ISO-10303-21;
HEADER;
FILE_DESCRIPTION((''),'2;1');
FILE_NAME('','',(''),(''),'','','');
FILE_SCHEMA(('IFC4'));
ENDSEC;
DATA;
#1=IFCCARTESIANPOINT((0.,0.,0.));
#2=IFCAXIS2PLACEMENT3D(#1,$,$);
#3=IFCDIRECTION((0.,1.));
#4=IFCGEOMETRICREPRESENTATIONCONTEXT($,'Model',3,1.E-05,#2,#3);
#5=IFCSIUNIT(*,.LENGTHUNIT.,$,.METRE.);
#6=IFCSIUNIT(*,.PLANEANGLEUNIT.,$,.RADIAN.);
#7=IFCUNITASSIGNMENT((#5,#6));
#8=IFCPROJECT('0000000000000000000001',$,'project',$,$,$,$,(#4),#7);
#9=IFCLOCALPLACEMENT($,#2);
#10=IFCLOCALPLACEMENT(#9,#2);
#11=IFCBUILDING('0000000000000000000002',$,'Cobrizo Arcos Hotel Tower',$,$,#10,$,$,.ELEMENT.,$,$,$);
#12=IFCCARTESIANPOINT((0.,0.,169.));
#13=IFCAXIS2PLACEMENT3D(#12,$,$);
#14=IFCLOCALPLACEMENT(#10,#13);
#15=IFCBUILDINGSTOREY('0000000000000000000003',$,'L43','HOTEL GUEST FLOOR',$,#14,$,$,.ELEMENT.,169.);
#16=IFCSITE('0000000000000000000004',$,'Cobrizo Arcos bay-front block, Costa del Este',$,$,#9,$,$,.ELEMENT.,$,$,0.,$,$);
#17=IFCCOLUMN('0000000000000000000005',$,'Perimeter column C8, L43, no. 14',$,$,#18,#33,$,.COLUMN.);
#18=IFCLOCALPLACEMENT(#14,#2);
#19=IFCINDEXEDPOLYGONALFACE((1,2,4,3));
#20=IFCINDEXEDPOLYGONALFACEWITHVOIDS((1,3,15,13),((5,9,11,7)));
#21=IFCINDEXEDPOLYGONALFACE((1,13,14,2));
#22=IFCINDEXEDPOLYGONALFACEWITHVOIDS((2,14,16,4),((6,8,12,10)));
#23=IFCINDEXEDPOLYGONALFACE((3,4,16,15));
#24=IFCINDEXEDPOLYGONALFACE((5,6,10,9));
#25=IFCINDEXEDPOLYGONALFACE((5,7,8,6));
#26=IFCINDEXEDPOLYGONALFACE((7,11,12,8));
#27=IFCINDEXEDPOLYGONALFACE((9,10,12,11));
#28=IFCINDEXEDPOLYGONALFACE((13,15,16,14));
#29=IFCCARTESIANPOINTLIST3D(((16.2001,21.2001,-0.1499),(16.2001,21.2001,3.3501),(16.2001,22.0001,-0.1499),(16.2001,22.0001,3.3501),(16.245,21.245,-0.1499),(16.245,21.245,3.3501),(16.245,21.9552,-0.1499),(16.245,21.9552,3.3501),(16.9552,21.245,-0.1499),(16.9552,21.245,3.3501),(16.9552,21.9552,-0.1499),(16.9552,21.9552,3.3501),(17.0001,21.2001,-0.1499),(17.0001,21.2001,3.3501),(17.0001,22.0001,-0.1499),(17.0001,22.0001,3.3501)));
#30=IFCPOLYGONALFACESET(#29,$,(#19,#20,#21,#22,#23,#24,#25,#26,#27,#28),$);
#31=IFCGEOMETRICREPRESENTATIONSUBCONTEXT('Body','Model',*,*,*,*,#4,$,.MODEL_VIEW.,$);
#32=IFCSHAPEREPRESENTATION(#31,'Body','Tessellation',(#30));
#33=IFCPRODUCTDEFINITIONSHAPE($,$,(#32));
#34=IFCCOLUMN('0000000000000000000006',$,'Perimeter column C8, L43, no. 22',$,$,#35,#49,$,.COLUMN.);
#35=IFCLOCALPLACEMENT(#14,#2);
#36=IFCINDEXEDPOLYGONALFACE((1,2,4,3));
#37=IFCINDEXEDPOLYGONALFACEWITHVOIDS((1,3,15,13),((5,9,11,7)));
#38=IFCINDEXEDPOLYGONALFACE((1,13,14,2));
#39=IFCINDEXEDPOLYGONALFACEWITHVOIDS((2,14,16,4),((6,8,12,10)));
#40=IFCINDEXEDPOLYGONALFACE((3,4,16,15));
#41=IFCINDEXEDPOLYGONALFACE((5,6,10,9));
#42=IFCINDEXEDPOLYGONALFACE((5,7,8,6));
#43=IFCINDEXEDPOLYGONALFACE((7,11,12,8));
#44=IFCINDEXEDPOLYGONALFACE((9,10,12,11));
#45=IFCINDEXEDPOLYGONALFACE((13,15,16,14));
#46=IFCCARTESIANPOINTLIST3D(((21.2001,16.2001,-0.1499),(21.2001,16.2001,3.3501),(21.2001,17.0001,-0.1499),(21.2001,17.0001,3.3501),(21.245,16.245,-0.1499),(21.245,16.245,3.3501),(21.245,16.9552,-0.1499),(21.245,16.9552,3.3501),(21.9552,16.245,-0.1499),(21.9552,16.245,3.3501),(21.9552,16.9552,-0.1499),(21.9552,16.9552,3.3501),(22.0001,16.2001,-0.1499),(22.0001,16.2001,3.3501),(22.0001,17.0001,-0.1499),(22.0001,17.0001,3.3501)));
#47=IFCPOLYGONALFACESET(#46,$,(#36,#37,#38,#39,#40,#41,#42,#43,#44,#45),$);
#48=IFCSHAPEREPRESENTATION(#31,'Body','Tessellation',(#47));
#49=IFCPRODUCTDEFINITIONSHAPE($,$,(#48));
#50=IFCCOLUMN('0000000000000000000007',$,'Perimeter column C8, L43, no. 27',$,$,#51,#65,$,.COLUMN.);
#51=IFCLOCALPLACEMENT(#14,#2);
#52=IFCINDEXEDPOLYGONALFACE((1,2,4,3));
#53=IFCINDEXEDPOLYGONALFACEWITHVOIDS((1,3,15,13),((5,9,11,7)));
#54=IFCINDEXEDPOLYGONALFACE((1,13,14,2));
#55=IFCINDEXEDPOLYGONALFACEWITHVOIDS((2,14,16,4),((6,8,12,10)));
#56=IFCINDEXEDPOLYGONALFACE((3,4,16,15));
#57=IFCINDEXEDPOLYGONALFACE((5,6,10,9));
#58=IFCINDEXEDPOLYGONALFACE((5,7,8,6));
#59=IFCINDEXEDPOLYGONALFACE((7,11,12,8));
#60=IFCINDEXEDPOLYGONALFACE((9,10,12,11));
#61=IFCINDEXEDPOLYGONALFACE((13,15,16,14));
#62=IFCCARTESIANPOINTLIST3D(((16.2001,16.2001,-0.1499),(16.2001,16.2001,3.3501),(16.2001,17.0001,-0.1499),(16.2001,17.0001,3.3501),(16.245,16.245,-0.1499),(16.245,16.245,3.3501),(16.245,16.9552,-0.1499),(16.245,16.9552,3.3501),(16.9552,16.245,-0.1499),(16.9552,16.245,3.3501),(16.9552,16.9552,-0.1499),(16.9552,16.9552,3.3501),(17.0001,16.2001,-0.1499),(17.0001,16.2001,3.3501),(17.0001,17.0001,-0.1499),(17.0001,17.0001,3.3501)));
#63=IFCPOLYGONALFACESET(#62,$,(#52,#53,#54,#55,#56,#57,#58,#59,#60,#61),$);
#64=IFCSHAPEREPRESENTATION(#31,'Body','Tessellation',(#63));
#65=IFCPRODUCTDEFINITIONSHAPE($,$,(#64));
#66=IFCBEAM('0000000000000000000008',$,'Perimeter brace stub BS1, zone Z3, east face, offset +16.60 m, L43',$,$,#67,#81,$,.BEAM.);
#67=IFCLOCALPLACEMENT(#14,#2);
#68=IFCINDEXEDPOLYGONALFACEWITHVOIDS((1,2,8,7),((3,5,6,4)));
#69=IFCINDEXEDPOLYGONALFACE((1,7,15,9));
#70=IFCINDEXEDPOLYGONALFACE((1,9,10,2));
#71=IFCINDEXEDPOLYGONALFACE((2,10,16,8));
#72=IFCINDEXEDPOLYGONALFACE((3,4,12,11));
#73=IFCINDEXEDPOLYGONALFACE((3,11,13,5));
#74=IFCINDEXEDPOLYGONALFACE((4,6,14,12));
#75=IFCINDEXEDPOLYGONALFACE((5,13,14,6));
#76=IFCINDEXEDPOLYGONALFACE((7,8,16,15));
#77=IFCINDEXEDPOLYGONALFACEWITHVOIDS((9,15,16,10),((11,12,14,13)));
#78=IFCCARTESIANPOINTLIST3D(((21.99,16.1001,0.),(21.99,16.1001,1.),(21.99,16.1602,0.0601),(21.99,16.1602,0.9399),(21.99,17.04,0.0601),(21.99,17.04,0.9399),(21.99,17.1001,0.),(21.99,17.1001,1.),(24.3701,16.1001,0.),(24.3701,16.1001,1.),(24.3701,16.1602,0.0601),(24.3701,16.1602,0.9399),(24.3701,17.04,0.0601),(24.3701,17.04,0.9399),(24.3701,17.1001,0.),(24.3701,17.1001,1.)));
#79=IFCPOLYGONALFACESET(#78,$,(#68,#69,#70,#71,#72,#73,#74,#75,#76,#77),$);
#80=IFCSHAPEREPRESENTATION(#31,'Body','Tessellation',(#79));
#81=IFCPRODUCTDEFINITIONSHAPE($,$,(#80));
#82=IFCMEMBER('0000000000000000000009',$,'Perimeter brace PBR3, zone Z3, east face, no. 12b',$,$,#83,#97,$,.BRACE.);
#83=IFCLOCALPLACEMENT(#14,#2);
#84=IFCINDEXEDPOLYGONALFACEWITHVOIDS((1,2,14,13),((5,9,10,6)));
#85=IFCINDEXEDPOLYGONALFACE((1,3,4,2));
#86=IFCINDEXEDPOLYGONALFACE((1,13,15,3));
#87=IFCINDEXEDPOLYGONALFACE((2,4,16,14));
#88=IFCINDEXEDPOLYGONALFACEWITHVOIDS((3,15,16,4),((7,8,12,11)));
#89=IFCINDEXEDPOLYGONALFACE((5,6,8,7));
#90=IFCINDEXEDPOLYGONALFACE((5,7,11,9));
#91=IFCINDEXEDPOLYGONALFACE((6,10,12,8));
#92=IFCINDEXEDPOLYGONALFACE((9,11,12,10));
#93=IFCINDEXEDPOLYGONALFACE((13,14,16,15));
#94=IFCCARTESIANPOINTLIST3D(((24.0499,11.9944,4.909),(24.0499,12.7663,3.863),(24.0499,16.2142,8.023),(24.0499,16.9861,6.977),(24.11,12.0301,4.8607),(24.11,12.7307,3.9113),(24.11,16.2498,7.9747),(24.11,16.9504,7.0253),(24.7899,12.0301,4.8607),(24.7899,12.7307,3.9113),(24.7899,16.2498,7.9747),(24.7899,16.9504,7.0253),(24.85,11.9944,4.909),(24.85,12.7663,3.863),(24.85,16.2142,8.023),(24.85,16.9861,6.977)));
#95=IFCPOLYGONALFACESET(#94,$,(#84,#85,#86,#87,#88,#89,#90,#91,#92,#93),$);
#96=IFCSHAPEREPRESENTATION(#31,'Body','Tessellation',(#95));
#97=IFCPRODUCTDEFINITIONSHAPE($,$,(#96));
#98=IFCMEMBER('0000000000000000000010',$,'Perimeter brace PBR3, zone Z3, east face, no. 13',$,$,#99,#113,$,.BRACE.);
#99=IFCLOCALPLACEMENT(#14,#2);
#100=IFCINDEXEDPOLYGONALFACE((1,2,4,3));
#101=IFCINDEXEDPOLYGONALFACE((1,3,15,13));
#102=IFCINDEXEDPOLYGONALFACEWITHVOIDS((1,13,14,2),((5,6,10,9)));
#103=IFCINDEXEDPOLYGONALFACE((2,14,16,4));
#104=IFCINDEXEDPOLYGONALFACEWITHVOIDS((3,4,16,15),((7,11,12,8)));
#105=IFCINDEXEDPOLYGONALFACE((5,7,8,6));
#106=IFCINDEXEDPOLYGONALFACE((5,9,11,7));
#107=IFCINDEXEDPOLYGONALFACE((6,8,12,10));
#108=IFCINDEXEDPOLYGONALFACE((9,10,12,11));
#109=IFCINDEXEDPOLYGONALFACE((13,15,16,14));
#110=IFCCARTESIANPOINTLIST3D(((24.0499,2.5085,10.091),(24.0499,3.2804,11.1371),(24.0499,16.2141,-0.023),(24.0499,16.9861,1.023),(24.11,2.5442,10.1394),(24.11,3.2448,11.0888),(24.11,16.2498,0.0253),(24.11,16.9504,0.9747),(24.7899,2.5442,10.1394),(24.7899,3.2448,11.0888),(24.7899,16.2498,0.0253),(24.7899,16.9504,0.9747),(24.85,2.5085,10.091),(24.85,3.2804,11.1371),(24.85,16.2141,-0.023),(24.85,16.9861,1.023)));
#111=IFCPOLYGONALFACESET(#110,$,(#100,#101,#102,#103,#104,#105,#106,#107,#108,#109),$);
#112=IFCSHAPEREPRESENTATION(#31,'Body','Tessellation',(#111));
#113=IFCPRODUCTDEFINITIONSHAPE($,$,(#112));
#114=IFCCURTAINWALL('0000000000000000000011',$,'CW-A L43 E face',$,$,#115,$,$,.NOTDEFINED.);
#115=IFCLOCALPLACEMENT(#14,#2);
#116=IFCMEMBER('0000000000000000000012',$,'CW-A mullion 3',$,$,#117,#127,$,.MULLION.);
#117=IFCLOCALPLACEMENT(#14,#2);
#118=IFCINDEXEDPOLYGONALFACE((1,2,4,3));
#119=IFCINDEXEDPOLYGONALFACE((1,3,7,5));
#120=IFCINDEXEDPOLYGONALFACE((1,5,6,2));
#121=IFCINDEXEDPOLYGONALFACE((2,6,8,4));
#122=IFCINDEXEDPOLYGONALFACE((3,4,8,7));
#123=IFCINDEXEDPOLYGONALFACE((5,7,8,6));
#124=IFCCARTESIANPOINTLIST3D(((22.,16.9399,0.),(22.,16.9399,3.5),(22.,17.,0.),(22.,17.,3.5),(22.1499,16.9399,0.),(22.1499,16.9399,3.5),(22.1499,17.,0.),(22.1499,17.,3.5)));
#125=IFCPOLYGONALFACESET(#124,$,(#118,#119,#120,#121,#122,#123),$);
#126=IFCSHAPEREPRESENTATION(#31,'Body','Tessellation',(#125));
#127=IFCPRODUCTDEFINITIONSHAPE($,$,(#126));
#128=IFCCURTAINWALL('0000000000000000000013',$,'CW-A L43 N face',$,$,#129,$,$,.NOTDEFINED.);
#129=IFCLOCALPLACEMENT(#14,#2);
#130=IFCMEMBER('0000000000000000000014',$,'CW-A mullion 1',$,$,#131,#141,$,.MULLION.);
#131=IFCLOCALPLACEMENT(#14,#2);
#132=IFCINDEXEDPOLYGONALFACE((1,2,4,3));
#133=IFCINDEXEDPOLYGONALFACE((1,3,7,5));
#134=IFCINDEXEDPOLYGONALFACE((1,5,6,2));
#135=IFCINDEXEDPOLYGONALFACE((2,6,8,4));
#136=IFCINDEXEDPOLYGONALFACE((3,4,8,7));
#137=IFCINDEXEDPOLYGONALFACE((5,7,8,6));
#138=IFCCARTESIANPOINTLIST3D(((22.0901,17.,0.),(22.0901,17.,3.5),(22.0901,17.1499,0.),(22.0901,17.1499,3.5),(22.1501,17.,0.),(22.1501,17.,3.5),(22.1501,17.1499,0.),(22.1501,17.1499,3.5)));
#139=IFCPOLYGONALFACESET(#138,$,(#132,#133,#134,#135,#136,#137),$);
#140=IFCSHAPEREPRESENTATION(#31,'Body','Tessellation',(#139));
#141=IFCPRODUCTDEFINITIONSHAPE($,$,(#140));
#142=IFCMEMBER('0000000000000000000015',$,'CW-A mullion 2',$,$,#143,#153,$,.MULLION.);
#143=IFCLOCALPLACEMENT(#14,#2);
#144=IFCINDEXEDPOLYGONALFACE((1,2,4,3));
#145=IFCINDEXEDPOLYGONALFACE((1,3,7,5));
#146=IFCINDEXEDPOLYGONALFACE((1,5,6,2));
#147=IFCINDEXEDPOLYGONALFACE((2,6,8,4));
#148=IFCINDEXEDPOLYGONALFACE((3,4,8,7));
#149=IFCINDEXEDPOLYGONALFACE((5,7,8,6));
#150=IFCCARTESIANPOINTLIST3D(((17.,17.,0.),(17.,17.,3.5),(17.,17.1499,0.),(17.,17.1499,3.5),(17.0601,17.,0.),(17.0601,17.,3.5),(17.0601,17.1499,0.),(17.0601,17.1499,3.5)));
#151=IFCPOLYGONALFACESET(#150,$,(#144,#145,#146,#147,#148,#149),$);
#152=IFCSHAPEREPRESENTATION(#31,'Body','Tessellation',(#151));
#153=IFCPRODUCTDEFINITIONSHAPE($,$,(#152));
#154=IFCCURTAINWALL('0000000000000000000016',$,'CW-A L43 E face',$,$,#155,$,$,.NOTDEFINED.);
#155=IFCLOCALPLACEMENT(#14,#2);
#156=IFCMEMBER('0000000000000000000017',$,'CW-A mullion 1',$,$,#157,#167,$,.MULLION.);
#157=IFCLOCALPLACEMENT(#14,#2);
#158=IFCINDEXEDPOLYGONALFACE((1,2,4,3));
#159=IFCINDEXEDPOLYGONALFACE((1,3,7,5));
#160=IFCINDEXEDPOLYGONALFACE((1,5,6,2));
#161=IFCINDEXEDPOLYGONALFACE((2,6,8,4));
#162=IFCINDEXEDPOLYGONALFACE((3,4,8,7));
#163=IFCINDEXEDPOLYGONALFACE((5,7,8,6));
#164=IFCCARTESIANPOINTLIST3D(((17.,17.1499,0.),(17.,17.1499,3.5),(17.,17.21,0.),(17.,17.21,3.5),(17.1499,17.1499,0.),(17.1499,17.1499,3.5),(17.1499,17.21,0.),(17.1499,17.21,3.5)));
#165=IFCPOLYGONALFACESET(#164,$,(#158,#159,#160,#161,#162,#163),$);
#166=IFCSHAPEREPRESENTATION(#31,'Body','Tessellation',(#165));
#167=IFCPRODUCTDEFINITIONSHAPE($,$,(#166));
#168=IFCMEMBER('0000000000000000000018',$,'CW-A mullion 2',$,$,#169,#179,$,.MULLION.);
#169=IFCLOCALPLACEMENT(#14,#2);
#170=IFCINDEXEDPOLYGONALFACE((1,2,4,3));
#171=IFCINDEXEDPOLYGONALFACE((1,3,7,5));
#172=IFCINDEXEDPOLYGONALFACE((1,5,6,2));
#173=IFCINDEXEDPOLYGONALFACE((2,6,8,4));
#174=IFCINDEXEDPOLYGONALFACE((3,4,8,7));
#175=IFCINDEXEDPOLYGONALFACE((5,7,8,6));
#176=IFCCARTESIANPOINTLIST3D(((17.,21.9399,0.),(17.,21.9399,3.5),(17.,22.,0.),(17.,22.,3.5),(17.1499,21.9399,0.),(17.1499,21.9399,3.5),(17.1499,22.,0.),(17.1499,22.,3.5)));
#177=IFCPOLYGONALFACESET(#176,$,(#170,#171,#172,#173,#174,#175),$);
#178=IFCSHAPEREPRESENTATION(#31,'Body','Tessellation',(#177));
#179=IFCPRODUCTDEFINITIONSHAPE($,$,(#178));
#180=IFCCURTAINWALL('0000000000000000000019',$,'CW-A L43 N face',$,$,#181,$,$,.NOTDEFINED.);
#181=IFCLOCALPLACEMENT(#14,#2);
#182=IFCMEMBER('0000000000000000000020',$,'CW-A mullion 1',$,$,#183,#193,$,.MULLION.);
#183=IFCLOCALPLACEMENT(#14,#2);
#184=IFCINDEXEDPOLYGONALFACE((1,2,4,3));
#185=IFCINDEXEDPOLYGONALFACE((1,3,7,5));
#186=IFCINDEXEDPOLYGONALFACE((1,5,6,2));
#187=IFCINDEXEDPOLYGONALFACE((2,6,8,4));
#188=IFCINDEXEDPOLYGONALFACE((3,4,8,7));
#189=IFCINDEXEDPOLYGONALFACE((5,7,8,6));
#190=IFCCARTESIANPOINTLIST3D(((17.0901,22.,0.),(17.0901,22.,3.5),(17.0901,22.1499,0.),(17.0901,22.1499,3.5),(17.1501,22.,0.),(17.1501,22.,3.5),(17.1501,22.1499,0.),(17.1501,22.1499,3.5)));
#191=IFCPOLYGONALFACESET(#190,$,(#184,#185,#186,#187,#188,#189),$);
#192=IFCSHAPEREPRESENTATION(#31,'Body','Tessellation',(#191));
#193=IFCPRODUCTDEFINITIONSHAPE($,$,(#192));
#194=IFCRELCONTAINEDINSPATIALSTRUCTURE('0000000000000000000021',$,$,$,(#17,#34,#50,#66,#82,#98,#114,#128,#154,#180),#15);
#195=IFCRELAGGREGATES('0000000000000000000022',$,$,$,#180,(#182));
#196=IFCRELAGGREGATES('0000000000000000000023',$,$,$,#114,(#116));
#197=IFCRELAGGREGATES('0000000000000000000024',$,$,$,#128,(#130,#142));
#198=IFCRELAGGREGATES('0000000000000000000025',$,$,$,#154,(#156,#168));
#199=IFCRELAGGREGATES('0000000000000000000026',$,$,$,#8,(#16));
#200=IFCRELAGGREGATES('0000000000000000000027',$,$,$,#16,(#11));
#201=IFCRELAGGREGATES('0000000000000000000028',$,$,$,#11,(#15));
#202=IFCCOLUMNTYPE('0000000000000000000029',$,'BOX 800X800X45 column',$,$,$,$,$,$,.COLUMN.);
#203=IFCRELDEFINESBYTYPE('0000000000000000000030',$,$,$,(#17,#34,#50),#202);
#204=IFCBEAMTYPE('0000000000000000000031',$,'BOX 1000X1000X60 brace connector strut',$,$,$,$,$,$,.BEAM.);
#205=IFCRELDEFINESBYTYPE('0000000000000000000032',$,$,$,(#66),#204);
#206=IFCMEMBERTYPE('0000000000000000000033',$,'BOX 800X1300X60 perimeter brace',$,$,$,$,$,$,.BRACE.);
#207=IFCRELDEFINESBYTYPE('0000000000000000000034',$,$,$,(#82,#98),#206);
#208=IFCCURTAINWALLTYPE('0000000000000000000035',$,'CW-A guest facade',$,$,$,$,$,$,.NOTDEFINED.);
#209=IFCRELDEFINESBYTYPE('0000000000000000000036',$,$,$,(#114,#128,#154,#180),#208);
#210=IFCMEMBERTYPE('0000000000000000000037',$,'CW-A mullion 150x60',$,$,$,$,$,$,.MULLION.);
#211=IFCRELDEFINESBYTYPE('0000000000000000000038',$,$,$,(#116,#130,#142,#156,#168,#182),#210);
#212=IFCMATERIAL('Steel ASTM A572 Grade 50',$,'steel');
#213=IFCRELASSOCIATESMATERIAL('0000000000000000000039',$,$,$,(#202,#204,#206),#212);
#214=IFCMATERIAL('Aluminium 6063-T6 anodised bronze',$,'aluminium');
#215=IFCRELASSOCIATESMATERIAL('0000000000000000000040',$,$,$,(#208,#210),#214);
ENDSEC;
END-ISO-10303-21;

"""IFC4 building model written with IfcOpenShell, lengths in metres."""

from ifc_helpers import new_model, si_unit, direction, frame, origin, origin_2d, place, context, subcontext, project, spatial, rectangle, hollow_rectangle, extrude, material, material_profile, profile_set, type_object, element, aggregate, save


model = new_model("IFC4")

# Units and contexts
model_context = context("Model", 3, precision=1e-05, world=origin(), true_north=direction((0.0, 1.0)))
body_context = subcontext(model_context, "Body", "Model", "MODEL_VIEW")
ifc_project = project(units=[si_unit("LENGTHUNIT", "METRE"), si_unit("PLANEANGLEUNIT", "RADIAN")], contexts=[model_context])

# Site, building, storey
site_placement = place(None, origin())
site = spatial("IfcSite", under=ifc_project, at=site_placement, Name="Cobrizo Arcos bay-front block, Costa del Este", CompositionType="ELEMENT", RefElevation=0.0)
building_placement = place(site_placement, origin())
building = spatial("IfcBuilding", under=site, at=building_placement, Name="Cobrizo Arcos Hotel Tower", CompositionType="ELEMENT")
storey_placement = place(building_placement, frame((0.0, 0.0, 169.0)))
storey = spatial("IfcBuildingStorey", under=building, at=storey_placement, Name="L43", Description="HOTEL GUEST FLOOR", CompositionType="ELEMENT", Elevation=169.0)

# Columns
ifc_material_1 = material(Name="Steel ASTM A572 Grade 50", Category="steel")
ifc_material_profile_1 = material_profile(ifc_material_1, hollow_rectangle(XDim=0.8, YDim=0.8, WallThickness=0.0449, at=origin_2d()), Name="BOX 800X800X45")
ifc_profile_set_1 = profile_set([ifc_material_profile_1], Name="Steel ASTM A572 Grade 50")
column_type = type_object("IfcColumnType", Name="BOX 800X800X45 column", PredefinedType="COLUMN", material=ifc_profile_set_1)
for number, where, z_axis, x_axis, name in (
    (1, (16.6001, 21.6001, -0.1499), (0.0, 0.0, 1.0), (1.0, 0.0, 0.0), "Perimeter column C8, L43, no. 14"),
    (2, (21.6001, 16.6001, -0.1499), (0.0, 0.0, 1.0), (1.0, 0.0, 0.0), "Perimeter column C8, L43, no. 22"),
    (3, (16.6001, 16.6001, -0.1499), (0.0, 0.0, 1.0), (1.0, 0.0, 0.0), "Perimeter column C8, L43, no. 27"),
):
    element("IfcColumn", number, at=place(storey_placement, frame(where, z_axis=z_axis, x_axis=x_axis)), inside=storey, type_object=column_type, Name=name, PredefinedType="COLUMN", context=body_context, shape_type="SweptSolid", body=[
        extrude(hollow_rectangle(XDim=0.8, YDim=0.8, WallThickness=0.0449, at=origin_2d()), origin(), (0.0, 0.0, 1.0), 3.5),
    ])

# Beam
ifc_material_profile_2 = material_profile(ifc_material_1, hollow_rectangle(XDim=1.0, YDim=1.0, WallThickness=0.0601, at=origin_2d()), Name="BOX 1000X1000X60")
ifc_profile_set_2 = profile_set([ifc_material_profile_2], Name="Steel ASTM A572 Grade 50")
beam_type_1 = type_object("IfcBeamType", Name="BOX 1000X1000X60 brace connector strut", PredefinedType="BEAM", material=ifc_profile_set_2)
beam_1_placement = place(storey_placement, frame((21.99, 16.6001, 0.5), z_axis=(1.0, 0.0, 0.0), x_axis=(0.0, 1.0, 0.0)))
element("IfcBeam", 4, at=beam_1_placement, inside=storey, type_object=beam_type_1, Name="Perimeter brace stub BS1, zone Z3, east face, offset +16.60 m, L43", PredefinedType="BEAM", context=body_context, shape_type="SweptSolid", body=[
    extrude(hollow_rectangle(XDim=1.0, YDim=1.0, WallThickness=0.0601, at=origin_2d()), origin(), (0.0, 0.0, 1.0), 2.3801),
])

# Members
ifc_material_profile_3 = material_profile(ifc_material_1, hollow_rectangle(XDim=0.8, YDim=1.3, WallThickness=0.0601, at=origin_2d()), Name="BOX 800X1300X60")
ifc_profile_set_3 = profile_set([ifc_material_profile_3], Name="Steel ASTM A572 Grade 50")
member_type_1 = type_object("IfcMemberType", Name="BOX 800X1300X60 perimeter brace", PredefinedType="BRACE", material=ifc_profile_set_3)
member_1_placement = place(storey_placement, frame((24.45, 12.3804, 4.386), z_axis=(0.0, 0.804624, 0.593785), x_axis=(-1.0, 0.0, 0.0)))
element("IfcMember", 5, at=member_1_placement, inside=storey, type_object=member_type_1, Name="Perimeter brace PBR3, zone Z3, east face, no. 12b", PredefinedType="BRACE", context=body_context, shape_type="SweptSolid", body=[
    extrude(hollow_rectangle(XDim=0.8, YDim=1.3, WallThickness=0.0601, at=origin_2d()), origin(), (0.0, 0.0, 1.0), 5.2444),
])
member_2_placement = place(storey_placement, frame((24.45, 16.6001, 0.5), z_axis=(0.0, -0.80463, 0.593776), x_axis=(1.0, 0.0, 0.0)))
element("IfcMember", 6, at=member_2_placement, inside=storey, type_object=member_type_1, Name="Perimeter brace PBR3, zone Z3, east face, no. 13", PredefinedType="BRACE", context=body_context, shape_type="SweptSolid", body=[
    extrude(hollow_rectangle(XDim=0.8, YDim=1.3, WallThickness=0.0601, at=origin_2d()), origin(), (0.0, 0.0, 1.0), 17.0334),
])

# Curtain wall, member
ifc_material_2 = material(Name="Aluminium 6063-T6 anodised bronze", Category="aluminium")
curtain_wall_type = type_object("IfcCurtainWallType", Name="CW-A guest facade", PredefinedType="NOTDEFINED", material=ifc_material_2)
curtain_wall_1_placement = place(storey_placement, origin())
curtain_wall_1 = element("IfcCurtainWall", 7, at=curtain_wall_1_placement, inside=storey, type_object=curtain_wall_type, Name="CW-A L43 E face", PredefinedType="NOTDEFINED")
ifc_material_profile_4 = material_profile(ifc_material_2, rectangle(XDim=0.1499, YDim=0.0601, at=origin_2d()), Name="CW-A mullion 150x60")
ifc_profile_set_4 = profile_set([ifc_material_profile_4], Name="Aluminium 6063-T6 anodised bronze")
member_type_2 = type_object("IfcMemberType", Name="CW-A mullion 150x60", PredefinedType="MULLION", material=ifc_profile_set_4)
member_3_placement = place(storey_placement, frame((22.075, 16.97, 0.0), z_axis=(0.0, 0.0, 1.0), x_axis=(1.0, 0.0, 0.0)))
member_3 = element("IfcMember", 8, at=member_3_placement, type_object=member_type_2, Name="CW-A mullion 3", PredefinedType="MULLION", context=body_context, shape_type="SweptSolid", body=[
    extrude(rectangle(XDim=0.1499, YDim=0.0601, at=origin_2d()), origin(), (0.0, 0.0, 1.0), 3.5),
])

# Curtain walls, members
curtain_wall_2_placement = place(storey_placement, origin())
curtain_wall_2 = element("IfcCurtainWall", 9, at=curtain_wall_2_placement, inside=storey, type_object=curtain_wall_type, Name="CW-A L43 N face", PredefinedType="NOTDEFINED")
member_4_placement = place(storey_placement, frame((22.1201, 17.075, 0.0), z_axis=(0.0, 0.0, 1.0), x_axis=(0.0, 1.0, 0.0)))
member_4 = element("IfcMember", 10, at=member_4_placement, type_object=member_type_2, Name="CW-A mullion 1", PredefinedType="MULLION", context=body_context, shape_type="SweptSolid", body=[
    extrude(rectangle(XDim=0.1499, YDim=0.0601, at=origin_2d()), origin(), (0.0, 0.0, 1.0), 3.5),
])
member_5_placement = place(storey_placement, frame((17.03, 17.075, 0.0), z_axis=(0.0, 0.0, 1.0), x_axis=(0.0, 1.0, 0.0)))
member_5 = element("IfcMember", 11, at=member_5_placement, type_object=member_type_2, Name="CW-A mullion 2", PredefinedType="MULLION", context=body_context, shape_type="SweptSolid", body=[
    extrude(rectangle(XDim=0.1499, YDim=0.0601, at=origin_2d()), origin(), (0.0, 0.0, 1.0), 3.5),
])
curtain_wall_3_placement = place(storey_placement, origin())
curtain_wall_3 = element("IfcCurtainWall", 12, at=curtain_wall_3_placement, inside=storey, type_object=curtain_wall_type, Name="CW-A L43 E face", PredefinedType="NOTDEFINED")
member_6_placement = place(storey_placement, frame((17.075, 17.1799, 0.0), z_axis=(0.0, 0.0, 1.0), x_axis=(1.0, 0.0, 0.0)))
member_6 = element("IfcMember", 13, at=member_6_placement, type_object=member_type_2, Name="CW-A mullion 1", PredefinedType="MULLION", context=body_context, shape_type="SweptSolid", body=[
    extrude(rectangle(XDim=0.1499, YDim=0.0601, at=origin_2d()), origin(), (0.0, 0.0, 1.0), 3.5),
])
member_7_placement = place(storey_placement, frame((17.075, 21.97, 0.0), z_axis=(0.0, 0.0, 1.0), x_axis=(1.0, 0.0, 0.0)))
member_7 = element("IfcMember", 14, at=member_7_placement, type_object=member_type_2, Name="CW-A mullion 2", PredefinedType="MULLION", context=body_context, shape_type="SweptSolid", body=[
    extrude(rectangle(XDim=0.1499, YDim=0.0601, at=origin_2d()), origin(), (0.0, 0.0, 1.0), 3.5),
])

# Curtain wall, member
curtain_wall_4_placement = place(storey_placement, origin())
curtain_wall_4 = element("IfcCurtainWall", 15, at=curtain_wall_4_placement, inside=storey, type_object=curtain_wall_type, Name="CW-A L43 N face", PredefinedType="NOTDEFINED")
member_8_placement = place(storey_placement, frame((17.1201, 22.075, 0.0), z_axis=(0.0, 0.0, 1.0), x_axis=(0.0, 1.0, 0.0)))
member_8 = element("IfcMember", 16, at=member_8_placement, type_object=member_type_2, Name="CW-A mullion 1", PredefinedType="MULLION", context=body_context, shape_type="SweptSolid", body=[
    extrude(rectangle(XDim=0.1499, YDim=0.0601, at=origin_2d()), origin(), (0.0, 0.0, 1.0), 3.5),
])

aggregate(curtain_wall_4, [member_8])

aggregate(curtain_wall_1, [member_3])
aggregate(curtain_wall_2, [member_4, member_5])
aggregate(curtain_wall_3, [member_6, member_7])

save(model, "model.ifc")
